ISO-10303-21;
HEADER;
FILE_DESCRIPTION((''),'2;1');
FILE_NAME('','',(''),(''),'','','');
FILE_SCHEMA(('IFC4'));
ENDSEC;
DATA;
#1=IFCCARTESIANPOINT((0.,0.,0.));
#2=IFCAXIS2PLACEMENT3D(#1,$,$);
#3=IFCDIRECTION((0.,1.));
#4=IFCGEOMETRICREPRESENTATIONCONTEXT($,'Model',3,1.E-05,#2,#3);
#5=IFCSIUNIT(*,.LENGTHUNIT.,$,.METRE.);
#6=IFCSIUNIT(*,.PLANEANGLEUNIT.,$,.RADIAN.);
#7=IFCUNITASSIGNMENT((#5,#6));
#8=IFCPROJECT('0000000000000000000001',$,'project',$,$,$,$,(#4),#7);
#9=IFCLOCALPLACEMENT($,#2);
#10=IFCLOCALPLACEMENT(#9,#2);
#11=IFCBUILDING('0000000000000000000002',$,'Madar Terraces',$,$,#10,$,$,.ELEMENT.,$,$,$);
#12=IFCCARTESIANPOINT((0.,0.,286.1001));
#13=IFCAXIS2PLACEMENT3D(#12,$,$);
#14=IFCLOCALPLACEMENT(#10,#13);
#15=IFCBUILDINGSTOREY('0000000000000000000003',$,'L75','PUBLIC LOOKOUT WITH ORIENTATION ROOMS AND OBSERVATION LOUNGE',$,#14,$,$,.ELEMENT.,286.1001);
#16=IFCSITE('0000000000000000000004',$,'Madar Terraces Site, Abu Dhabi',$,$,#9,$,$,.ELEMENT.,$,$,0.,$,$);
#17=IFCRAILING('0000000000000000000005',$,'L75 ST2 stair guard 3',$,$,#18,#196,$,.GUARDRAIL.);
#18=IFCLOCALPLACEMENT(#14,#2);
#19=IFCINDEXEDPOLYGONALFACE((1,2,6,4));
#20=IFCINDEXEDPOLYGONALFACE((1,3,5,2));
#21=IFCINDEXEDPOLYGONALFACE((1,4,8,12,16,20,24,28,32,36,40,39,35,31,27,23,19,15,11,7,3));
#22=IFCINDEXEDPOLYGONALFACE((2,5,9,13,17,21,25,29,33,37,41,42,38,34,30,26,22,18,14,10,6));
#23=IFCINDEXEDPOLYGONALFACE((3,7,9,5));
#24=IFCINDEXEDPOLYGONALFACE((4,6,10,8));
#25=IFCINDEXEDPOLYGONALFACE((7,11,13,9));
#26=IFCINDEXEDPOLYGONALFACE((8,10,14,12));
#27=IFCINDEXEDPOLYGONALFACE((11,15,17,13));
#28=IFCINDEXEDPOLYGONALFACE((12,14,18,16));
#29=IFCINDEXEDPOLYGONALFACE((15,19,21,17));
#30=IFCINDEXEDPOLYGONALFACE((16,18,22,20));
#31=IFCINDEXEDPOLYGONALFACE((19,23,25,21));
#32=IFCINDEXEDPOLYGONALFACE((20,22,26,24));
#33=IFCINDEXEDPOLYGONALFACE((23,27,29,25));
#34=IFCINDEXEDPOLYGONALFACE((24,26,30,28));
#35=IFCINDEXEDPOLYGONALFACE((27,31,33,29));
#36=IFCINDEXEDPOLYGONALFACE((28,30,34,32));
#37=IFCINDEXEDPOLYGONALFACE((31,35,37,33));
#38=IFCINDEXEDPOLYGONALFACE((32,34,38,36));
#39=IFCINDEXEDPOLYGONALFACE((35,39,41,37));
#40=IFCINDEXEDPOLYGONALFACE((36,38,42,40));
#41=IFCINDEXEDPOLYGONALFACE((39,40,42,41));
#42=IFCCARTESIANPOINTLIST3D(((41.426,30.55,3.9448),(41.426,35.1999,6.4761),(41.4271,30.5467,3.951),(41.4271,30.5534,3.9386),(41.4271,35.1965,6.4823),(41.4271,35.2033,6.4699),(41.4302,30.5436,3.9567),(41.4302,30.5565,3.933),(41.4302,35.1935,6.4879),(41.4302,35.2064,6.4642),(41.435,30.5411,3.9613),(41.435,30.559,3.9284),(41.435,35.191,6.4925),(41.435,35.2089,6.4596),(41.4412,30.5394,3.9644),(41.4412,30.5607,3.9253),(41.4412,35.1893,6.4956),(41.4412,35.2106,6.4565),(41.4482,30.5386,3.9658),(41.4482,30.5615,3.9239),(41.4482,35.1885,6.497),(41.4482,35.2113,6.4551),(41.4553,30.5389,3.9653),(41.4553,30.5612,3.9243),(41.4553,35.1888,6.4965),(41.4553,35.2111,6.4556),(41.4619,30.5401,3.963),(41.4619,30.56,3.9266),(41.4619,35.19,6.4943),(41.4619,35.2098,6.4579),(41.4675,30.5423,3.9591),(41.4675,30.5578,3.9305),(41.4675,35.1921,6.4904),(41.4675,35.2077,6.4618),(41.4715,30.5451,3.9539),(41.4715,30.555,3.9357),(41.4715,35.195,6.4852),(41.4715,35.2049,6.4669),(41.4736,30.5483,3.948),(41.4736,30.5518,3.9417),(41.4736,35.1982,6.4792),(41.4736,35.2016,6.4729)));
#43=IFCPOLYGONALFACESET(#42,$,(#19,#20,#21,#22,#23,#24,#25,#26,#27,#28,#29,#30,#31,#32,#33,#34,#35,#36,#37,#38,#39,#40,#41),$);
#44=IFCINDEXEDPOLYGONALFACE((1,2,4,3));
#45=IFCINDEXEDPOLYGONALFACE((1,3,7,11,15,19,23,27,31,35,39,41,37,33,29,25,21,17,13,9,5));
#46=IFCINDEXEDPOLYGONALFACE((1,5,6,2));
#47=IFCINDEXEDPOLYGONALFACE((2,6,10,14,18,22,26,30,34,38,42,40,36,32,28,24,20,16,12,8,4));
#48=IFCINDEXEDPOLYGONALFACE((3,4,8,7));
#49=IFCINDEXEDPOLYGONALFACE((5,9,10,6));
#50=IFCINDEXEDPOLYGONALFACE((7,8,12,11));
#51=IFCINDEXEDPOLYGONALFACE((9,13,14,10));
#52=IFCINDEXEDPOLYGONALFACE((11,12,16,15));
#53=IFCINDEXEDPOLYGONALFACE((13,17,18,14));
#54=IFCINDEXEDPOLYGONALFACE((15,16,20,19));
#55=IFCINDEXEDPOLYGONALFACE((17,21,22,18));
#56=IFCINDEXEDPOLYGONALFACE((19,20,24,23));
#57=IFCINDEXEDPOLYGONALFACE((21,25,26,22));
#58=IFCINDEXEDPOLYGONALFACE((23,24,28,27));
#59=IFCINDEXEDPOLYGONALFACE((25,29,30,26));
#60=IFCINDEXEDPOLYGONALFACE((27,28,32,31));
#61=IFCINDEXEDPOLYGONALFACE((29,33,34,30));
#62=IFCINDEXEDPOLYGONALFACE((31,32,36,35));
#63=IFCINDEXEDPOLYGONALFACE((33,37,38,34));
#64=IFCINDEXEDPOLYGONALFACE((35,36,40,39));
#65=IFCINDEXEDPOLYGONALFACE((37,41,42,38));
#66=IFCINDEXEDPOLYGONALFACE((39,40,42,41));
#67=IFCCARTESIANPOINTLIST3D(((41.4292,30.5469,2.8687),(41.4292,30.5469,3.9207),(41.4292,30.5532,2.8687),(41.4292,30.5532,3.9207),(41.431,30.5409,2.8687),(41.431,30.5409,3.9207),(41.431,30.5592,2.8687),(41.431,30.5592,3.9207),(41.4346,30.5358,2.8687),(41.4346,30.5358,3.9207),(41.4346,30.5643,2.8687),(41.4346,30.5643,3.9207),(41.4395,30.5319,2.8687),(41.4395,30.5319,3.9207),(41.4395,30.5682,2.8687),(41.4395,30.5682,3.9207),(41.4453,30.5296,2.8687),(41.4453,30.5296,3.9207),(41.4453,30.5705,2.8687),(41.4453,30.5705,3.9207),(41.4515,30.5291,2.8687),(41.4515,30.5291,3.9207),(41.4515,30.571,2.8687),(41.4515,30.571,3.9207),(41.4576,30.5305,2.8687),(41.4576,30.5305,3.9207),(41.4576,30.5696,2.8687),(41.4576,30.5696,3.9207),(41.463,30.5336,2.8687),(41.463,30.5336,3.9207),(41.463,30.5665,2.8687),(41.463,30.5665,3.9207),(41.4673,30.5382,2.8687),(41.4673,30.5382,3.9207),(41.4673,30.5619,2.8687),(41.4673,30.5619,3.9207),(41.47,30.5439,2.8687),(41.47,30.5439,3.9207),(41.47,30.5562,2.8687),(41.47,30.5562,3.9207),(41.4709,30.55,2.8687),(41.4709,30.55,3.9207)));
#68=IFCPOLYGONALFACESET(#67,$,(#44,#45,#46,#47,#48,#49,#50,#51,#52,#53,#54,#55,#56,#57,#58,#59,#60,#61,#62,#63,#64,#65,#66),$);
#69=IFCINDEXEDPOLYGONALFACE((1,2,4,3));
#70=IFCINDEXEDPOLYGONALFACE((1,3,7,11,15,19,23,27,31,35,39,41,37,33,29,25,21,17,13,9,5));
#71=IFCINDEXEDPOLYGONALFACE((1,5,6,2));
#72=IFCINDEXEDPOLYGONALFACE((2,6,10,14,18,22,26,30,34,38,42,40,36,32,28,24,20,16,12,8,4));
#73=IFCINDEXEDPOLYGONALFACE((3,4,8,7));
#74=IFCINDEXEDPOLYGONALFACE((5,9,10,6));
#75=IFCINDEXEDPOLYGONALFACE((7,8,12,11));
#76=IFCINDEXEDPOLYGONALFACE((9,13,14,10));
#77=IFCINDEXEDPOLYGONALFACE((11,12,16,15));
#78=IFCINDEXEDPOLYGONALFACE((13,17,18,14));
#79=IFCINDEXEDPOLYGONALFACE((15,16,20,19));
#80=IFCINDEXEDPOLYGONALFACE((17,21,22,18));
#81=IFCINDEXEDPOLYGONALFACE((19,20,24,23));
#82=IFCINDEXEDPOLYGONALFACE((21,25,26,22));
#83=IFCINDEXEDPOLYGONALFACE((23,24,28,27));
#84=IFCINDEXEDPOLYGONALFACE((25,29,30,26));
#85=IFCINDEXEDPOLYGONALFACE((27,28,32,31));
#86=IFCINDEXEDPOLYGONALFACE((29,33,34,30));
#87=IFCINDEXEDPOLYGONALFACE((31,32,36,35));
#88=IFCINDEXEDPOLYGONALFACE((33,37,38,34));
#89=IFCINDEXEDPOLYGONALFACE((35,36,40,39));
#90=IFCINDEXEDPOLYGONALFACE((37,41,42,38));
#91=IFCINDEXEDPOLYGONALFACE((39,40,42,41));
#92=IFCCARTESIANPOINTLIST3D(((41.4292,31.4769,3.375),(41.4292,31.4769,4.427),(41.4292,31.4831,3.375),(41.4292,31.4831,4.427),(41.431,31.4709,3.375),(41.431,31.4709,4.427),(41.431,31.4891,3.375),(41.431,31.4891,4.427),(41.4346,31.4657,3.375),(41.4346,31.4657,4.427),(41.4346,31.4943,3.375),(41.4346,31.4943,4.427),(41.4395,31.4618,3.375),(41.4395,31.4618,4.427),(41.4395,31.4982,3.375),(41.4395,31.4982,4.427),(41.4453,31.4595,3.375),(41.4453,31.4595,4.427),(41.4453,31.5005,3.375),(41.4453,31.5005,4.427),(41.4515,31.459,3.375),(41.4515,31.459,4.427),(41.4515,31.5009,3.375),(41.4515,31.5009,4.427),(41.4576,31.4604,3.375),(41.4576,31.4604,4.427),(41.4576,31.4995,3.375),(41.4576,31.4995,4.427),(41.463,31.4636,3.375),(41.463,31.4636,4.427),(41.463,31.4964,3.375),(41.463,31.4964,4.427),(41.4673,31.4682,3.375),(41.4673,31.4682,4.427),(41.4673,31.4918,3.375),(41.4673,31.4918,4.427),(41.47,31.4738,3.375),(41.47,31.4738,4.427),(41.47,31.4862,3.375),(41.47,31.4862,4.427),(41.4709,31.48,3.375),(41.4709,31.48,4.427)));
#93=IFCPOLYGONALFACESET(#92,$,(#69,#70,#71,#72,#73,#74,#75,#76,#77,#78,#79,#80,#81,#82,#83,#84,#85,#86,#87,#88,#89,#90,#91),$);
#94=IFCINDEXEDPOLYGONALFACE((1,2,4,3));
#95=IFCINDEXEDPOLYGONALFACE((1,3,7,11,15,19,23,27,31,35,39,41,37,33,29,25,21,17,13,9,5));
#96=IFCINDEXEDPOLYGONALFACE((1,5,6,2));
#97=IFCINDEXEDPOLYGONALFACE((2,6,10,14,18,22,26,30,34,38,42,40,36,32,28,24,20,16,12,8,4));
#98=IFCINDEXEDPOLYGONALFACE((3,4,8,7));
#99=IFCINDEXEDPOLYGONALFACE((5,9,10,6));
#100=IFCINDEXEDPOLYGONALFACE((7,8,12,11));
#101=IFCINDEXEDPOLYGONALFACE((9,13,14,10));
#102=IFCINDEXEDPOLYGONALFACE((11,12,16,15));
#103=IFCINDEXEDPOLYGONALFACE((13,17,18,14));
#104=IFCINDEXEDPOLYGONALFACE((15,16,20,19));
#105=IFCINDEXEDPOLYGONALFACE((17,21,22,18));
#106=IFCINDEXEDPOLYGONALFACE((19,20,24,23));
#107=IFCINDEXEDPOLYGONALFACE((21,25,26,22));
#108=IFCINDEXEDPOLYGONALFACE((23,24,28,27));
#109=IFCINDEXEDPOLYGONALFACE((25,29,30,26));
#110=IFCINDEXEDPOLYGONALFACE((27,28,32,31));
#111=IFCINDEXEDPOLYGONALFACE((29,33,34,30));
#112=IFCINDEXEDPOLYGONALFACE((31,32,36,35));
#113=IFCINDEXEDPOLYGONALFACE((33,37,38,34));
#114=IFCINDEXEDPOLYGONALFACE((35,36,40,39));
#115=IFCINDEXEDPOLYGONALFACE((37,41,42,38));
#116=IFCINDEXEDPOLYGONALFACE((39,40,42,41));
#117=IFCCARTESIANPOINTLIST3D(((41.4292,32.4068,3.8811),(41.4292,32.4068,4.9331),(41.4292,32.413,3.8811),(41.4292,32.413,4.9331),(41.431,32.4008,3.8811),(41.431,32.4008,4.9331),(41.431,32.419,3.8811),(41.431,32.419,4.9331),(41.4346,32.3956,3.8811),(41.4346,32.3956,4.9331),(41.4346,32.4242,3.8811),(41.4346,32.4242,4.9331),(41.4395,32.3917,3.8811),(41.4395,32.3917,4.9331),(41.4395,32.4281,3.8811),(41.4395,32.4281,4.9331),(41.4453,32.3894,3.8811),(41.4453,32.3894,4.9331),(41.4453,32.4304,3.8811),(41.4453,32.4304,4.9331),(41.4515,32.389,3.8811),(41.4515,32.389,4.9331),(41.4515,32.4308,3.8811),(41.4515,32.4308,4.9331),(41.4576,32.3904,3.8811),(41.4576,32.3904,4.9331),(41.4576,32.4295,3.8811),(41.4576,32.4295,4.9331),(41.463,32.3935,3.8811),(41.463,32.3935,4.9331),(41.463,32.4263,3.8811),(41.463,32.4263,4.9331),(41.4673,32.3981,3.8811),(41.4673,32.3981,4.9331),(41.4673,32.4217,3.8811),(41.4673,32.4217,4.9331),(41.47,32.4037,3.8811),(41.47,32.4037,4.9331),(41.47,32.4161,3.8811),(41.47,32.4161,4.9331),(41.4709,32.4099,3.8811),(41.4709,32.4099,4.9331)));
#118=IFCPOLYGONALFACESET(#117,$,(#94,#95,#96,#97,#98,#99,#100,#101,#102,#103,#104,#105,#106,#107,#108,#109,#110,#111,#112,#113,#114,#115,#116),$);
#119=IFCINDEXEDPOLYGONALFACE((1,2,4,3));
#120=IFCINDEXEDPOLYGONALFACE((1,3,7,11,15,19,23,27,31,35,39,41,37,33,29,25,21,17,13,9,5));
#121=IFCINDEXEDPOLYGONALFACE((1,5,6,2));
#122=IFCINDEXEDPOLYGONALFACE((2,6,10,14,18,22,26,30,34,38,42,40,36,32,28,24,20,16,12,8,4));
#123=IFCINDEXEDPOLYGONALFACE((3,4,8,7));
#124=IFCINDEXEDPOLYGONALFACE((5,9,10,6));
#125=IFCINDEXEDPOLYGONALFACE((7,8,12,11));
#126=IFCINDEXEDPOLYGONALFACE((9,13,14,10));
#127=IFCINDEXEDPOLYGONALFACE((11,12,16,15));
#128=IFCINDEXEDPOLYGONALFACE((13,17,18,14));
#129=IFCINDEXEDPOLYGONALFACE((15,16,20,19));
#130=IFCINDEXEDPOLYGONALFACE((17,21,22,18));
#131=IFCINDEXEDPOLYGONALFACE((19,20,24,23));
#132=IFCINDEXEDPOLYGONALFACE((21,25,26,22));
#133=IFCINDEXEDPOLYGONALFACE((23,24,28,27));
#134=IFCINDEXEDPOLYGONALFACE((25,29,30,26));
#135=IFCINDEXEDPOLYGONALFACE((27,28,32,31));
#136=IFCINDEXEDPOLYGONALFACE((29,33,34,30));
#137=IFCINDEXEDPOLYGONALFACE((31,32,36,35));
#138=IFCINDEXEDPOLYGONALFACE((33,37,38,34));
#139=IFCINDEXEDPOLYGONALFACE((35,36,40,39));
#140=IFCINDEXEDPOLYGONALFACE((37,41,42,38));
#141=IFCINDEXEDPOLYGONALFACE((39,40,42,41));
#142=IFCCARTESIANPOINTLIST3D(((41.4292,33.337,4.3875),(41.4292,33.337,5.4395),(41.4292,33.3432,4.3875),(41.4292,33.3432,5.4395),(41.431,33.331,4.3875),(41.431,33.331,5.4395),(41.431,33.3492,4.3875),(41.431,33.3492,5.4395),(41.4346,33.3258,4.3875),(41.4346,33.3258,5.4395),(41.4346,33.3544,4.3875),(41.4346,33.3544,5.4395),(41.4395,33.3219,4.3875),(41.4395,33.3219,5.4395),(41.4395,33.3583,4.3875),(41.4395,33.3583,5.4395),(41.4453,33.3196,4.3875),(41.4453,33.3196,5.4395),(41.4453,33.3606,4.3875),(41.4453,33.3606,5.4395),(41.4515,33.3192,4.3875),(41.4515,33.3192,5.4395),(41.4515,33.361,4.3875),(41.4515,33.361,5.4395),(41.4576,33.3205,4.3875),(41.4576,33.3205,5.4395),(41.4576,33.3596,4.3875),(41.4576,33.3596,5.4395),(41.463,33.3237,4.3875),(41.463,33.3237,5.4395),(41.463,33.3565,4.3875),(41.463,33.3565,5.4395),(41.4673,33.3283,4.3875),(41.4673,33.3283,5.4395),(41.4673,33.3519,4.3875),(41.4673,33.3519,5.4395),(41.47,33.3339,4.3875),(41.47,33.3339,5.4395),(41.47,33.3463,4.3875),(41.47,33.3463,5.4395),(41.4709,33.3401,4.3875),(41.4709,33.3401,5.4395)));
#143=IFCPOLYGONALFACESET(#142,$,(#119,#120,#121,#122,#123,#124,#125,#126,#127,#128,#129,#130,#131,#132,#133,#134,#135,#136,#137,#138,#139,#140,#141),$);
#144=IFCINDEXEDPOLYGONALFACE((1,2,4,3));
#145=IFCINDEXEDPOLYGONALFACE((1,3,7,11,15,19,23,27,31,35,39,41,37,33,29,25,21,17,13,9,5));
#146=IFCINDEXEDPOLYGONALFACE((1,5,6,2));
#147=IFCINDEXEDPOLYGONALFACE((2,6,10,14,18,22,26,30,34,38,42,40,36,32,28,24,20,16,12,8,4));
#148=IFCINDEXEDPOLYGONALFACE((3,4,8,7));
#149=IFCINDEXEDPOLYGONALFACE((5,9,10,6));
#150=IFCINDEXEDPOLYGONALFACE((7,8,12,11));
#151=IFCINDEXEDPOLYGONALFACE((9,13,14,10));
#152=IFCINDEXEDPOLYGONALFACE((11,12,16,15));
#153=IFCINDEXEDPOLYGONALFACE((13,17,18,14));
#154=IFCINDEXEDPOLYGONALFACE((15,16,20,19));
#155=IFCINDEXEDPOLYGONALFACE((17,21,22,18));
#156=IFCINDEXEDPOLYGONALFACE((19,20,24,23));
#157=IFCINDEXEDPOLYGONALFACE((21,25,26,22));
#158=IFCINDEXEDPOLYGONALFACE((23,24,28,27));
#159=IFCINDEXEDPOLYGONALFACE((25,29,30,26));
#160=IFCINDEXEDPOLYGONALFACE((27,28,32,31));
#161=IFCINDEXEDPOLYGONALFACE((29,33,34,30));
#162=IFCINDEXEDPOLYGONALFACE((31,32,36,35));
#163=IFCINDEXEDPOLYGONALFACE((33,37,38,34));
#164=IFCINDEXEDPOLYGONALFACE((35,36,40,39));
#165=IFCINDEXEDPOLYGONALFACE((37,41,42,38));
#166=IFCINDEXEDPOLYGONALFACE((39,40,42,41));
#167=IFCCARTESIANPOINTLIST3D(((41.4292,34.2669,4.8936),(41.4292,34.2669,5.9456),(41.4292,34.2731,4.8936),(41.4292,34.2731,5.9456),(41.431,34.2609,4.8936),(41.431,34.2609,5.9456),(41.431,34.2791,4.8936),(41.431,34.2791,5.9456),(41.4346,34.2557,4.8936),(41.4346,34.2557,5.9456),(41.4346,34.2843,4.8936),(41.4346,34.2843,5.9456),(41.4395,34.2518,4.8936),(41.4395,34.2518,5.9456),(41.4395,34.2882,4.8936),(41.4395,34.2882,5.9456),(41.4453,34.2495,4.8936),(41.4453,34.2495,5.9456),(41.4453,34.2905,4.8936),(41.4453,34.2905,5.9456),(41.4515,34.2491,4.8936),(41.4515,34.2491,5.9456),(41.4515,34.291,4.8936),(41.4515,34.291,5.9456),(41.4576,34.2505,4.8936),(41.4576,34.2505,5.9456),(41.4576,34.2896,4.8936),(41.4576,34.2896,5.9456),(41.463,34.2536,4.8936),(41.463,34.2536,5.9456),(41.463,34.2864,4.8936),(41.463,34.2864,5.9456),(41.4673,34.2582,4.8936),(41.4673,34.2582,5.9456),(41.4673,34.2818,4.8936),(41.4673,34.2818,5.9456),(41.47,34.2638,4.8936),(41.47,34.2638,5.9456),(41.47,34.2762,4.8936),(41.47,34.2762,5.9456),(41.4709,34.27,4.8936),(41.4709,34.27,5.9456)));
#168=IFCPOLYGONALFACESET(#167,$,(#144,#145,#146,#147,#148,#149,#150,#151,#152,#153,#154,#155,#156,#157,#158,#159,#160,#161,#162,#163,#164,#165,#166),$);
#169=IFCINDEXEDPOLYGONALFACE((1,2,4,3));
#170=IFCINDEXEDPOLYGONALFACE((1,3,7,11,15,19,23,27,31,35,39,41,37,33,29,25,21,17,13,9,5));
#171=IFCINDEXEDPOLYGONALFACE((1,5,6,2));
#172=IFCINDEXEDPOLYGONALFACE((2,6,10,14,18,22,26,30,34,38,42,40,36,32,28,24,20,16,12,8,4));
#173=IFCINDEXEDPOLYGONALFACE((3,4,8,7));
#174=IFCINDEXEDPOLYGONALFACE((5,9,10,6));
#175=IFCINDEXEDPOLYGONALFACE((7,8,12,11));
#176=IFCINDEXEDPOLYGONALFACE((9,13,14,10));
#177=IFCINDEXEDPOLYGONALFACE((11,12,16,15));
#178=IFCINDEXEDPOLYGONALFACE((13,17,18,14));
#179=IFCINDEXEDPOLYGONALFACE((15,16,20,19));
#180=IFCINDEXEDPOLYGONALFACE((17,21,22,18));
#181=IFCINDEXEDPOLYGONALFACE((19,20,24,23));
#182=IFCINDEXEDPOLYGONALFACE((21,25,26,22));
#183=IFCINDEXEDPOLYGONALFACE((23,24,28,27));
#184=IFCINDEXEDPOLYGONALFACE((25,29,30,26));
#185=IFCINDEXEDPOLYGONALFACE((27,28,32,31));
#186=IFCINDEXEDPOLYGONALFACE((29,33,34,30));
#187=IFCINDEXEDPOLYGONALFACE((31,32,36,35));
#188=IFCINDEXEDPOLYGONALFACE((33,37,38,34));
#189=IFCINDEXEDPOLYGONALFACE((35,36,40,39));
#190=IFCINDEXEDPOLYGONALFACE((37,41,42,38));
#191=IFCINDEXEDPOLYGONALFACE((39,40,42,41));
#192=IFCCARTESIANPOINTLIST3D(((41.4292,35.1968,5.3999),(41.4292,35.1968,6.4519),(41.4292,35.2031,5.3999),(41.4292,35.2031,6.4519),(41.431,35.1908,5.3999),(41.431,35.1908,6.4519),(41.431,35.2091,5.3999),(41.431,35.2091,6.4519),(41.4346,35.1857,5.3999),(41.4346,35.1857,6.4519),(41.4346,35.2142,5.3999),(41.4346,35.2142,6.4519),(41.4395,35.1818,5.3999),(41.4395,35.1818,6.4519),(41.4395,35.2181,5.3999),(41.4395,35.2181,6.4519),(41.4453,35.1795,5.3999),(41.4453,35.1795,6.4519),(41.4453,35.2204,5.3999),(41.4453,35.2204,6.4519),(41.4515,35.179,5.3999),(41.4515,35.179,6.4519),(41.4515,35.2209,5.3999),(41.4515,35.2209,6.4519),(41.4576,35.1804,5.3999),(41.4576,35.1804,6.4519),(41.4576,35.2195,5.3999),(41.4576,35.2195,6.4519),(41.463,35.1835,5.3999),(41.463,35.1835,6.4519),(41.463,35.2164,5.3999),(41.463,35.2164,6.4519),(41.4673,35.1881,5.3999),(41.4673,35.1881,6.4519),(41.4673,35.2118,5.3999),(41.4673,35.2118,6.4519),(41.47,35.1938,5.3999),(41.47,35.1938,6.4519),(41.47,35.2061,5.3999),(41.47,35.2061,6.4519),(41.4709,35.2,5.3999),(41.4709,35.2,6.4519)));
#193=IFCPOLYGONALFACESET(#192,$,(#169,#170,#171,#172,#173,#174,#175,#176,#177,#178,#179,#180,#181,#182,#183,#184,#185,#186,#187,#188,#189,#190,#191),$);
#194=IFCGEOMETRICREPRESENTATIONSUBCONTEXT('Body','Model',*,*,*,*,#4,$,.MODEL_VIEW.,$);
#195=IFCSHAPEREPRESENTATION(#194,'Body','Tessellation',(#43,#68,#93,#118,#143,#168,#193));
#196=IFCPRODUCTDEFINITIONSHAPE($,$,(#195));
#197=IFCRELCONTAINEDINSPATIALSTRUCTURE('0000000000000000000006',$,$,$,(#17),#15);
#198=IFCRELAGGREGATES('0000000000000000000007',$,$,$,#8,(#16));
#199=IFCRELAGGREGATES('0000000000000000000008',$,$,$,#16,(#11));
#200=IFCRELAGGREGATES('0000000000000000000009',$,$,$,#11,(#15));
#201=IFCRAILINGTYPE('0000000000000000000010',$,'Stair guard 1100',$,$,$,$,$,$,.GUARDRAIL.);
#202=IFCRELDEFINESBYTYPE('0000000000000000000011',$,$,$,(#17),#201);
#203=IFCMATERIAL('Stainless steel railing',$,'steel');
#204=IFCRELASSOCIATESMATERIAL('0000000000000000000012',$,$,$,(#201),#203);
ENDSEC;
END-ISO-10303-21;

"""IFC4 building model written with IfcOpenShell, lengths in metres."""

from ifc_helpers import new_model, si_unit, direction, frame, origin, origin_2d, place, context, subcontext, project, spatial, circle, extrude, material, type_object, element, save


model = new_model("IFC4")

# Units and contexts
model_context = context("Model", 3, precision=1e-05, world=origin(), true_north=direction((0.0, 1.0)))
body_context = subcontext(model_context, "Body", "Model", "MODEL_VIEW")
ifc_project = project(units=[si_unit("LENGTHUNIT", "METRE"), si_unit("PLANEANGLEUNIT", "RADIAN")], contexts=[model_context])

# Site, building, storey
site_placement = place(None, origin())
site = spatial("IfcSite", under=ifc_project, at=site_placement, Name="Madar Terraces Site, Abu Dhabi", CompositionType="ELEMENT", RefElevation=0.0)
building_placement = place(site_placement, origin())
building = spatial("IfcBuilding", under=site, at=building_placement, Name="Madar Terraces", CompositionType="ELEMENT")
storey_placement = place(building_placement, frame((0.0, 0.0, 286.1001)))
storey = spatial("IfcBuildingStorey", under=building, at=storey_placement, Name="L75", Description="PUBLIC LOOKOUT WITH ORIENTATION ROOMS AND OBSERVATION LOUNGE", CompositionType="ELEMENT", Elevation=286.1001)

# Railing
ifc_material_1 = material(Name="Stainless steel railing", Category="steel")
railing_type_1 = type_object("IfcRailingType", Name="Stair guard 1100", PredefinedType="GUARDRAIL", material=ifc_material_1)
railing_1_placement = place(storey_placement, frame((41.45, 30.55, 2.8687)))
element("IfcRailing", 1, at=railing_1_placement, inside=storey, type_object=railing_type_1, Name="L75 ST2 stair guard 3", PredefinedType="GUARDRAIL", context=body_context, shape_type="SweptSolid", body=[
    extrude(circle(Radius=0.0239, at=origin_2d()), frame((0.0, 0.0, 1.0762), z_axis=(0.0, 0.878297, 0.478115), x_axis=(-1.0, 0.0, 0.0)), (0.0, 0.0, 1.0), 5.2942),
    extrude(circle(Radius=0.021, at=origin_2d()), origin(), (0.0, 0.0, 1.0), 1.052),
    extrude(circle(Radius=0.021, at=origin_2d()), frame((0.0, 0.9299, 0.5063)), (0.0, 0.0, 1.0), 1.052),
    extrude(circle(Radius=0.021, at=origin_2d()), frame((0.0, 1.8599, 1.0125)), (0.0, 0.0, 1.0), 1.052),
    extrude(circle(Radius=0.021, at=origin_2d()), frame((0.0, 2.79, 1.5188)), (0.0, 0.0, 1.0), 1.052),
    extrude(circle(Radius=0.021, at=origin_2d()), frame((0.0, 3.72, 2.0249)), (0.0, 0.0, 1.0), 1.052),
    extrude(circle(Radius=0.021, at=origin_2d()), frame((0.0, 4.6499, 2.5312)), (0.0, 0.0, 1.0), 1.052),
])

save(model, "model.ifc")
